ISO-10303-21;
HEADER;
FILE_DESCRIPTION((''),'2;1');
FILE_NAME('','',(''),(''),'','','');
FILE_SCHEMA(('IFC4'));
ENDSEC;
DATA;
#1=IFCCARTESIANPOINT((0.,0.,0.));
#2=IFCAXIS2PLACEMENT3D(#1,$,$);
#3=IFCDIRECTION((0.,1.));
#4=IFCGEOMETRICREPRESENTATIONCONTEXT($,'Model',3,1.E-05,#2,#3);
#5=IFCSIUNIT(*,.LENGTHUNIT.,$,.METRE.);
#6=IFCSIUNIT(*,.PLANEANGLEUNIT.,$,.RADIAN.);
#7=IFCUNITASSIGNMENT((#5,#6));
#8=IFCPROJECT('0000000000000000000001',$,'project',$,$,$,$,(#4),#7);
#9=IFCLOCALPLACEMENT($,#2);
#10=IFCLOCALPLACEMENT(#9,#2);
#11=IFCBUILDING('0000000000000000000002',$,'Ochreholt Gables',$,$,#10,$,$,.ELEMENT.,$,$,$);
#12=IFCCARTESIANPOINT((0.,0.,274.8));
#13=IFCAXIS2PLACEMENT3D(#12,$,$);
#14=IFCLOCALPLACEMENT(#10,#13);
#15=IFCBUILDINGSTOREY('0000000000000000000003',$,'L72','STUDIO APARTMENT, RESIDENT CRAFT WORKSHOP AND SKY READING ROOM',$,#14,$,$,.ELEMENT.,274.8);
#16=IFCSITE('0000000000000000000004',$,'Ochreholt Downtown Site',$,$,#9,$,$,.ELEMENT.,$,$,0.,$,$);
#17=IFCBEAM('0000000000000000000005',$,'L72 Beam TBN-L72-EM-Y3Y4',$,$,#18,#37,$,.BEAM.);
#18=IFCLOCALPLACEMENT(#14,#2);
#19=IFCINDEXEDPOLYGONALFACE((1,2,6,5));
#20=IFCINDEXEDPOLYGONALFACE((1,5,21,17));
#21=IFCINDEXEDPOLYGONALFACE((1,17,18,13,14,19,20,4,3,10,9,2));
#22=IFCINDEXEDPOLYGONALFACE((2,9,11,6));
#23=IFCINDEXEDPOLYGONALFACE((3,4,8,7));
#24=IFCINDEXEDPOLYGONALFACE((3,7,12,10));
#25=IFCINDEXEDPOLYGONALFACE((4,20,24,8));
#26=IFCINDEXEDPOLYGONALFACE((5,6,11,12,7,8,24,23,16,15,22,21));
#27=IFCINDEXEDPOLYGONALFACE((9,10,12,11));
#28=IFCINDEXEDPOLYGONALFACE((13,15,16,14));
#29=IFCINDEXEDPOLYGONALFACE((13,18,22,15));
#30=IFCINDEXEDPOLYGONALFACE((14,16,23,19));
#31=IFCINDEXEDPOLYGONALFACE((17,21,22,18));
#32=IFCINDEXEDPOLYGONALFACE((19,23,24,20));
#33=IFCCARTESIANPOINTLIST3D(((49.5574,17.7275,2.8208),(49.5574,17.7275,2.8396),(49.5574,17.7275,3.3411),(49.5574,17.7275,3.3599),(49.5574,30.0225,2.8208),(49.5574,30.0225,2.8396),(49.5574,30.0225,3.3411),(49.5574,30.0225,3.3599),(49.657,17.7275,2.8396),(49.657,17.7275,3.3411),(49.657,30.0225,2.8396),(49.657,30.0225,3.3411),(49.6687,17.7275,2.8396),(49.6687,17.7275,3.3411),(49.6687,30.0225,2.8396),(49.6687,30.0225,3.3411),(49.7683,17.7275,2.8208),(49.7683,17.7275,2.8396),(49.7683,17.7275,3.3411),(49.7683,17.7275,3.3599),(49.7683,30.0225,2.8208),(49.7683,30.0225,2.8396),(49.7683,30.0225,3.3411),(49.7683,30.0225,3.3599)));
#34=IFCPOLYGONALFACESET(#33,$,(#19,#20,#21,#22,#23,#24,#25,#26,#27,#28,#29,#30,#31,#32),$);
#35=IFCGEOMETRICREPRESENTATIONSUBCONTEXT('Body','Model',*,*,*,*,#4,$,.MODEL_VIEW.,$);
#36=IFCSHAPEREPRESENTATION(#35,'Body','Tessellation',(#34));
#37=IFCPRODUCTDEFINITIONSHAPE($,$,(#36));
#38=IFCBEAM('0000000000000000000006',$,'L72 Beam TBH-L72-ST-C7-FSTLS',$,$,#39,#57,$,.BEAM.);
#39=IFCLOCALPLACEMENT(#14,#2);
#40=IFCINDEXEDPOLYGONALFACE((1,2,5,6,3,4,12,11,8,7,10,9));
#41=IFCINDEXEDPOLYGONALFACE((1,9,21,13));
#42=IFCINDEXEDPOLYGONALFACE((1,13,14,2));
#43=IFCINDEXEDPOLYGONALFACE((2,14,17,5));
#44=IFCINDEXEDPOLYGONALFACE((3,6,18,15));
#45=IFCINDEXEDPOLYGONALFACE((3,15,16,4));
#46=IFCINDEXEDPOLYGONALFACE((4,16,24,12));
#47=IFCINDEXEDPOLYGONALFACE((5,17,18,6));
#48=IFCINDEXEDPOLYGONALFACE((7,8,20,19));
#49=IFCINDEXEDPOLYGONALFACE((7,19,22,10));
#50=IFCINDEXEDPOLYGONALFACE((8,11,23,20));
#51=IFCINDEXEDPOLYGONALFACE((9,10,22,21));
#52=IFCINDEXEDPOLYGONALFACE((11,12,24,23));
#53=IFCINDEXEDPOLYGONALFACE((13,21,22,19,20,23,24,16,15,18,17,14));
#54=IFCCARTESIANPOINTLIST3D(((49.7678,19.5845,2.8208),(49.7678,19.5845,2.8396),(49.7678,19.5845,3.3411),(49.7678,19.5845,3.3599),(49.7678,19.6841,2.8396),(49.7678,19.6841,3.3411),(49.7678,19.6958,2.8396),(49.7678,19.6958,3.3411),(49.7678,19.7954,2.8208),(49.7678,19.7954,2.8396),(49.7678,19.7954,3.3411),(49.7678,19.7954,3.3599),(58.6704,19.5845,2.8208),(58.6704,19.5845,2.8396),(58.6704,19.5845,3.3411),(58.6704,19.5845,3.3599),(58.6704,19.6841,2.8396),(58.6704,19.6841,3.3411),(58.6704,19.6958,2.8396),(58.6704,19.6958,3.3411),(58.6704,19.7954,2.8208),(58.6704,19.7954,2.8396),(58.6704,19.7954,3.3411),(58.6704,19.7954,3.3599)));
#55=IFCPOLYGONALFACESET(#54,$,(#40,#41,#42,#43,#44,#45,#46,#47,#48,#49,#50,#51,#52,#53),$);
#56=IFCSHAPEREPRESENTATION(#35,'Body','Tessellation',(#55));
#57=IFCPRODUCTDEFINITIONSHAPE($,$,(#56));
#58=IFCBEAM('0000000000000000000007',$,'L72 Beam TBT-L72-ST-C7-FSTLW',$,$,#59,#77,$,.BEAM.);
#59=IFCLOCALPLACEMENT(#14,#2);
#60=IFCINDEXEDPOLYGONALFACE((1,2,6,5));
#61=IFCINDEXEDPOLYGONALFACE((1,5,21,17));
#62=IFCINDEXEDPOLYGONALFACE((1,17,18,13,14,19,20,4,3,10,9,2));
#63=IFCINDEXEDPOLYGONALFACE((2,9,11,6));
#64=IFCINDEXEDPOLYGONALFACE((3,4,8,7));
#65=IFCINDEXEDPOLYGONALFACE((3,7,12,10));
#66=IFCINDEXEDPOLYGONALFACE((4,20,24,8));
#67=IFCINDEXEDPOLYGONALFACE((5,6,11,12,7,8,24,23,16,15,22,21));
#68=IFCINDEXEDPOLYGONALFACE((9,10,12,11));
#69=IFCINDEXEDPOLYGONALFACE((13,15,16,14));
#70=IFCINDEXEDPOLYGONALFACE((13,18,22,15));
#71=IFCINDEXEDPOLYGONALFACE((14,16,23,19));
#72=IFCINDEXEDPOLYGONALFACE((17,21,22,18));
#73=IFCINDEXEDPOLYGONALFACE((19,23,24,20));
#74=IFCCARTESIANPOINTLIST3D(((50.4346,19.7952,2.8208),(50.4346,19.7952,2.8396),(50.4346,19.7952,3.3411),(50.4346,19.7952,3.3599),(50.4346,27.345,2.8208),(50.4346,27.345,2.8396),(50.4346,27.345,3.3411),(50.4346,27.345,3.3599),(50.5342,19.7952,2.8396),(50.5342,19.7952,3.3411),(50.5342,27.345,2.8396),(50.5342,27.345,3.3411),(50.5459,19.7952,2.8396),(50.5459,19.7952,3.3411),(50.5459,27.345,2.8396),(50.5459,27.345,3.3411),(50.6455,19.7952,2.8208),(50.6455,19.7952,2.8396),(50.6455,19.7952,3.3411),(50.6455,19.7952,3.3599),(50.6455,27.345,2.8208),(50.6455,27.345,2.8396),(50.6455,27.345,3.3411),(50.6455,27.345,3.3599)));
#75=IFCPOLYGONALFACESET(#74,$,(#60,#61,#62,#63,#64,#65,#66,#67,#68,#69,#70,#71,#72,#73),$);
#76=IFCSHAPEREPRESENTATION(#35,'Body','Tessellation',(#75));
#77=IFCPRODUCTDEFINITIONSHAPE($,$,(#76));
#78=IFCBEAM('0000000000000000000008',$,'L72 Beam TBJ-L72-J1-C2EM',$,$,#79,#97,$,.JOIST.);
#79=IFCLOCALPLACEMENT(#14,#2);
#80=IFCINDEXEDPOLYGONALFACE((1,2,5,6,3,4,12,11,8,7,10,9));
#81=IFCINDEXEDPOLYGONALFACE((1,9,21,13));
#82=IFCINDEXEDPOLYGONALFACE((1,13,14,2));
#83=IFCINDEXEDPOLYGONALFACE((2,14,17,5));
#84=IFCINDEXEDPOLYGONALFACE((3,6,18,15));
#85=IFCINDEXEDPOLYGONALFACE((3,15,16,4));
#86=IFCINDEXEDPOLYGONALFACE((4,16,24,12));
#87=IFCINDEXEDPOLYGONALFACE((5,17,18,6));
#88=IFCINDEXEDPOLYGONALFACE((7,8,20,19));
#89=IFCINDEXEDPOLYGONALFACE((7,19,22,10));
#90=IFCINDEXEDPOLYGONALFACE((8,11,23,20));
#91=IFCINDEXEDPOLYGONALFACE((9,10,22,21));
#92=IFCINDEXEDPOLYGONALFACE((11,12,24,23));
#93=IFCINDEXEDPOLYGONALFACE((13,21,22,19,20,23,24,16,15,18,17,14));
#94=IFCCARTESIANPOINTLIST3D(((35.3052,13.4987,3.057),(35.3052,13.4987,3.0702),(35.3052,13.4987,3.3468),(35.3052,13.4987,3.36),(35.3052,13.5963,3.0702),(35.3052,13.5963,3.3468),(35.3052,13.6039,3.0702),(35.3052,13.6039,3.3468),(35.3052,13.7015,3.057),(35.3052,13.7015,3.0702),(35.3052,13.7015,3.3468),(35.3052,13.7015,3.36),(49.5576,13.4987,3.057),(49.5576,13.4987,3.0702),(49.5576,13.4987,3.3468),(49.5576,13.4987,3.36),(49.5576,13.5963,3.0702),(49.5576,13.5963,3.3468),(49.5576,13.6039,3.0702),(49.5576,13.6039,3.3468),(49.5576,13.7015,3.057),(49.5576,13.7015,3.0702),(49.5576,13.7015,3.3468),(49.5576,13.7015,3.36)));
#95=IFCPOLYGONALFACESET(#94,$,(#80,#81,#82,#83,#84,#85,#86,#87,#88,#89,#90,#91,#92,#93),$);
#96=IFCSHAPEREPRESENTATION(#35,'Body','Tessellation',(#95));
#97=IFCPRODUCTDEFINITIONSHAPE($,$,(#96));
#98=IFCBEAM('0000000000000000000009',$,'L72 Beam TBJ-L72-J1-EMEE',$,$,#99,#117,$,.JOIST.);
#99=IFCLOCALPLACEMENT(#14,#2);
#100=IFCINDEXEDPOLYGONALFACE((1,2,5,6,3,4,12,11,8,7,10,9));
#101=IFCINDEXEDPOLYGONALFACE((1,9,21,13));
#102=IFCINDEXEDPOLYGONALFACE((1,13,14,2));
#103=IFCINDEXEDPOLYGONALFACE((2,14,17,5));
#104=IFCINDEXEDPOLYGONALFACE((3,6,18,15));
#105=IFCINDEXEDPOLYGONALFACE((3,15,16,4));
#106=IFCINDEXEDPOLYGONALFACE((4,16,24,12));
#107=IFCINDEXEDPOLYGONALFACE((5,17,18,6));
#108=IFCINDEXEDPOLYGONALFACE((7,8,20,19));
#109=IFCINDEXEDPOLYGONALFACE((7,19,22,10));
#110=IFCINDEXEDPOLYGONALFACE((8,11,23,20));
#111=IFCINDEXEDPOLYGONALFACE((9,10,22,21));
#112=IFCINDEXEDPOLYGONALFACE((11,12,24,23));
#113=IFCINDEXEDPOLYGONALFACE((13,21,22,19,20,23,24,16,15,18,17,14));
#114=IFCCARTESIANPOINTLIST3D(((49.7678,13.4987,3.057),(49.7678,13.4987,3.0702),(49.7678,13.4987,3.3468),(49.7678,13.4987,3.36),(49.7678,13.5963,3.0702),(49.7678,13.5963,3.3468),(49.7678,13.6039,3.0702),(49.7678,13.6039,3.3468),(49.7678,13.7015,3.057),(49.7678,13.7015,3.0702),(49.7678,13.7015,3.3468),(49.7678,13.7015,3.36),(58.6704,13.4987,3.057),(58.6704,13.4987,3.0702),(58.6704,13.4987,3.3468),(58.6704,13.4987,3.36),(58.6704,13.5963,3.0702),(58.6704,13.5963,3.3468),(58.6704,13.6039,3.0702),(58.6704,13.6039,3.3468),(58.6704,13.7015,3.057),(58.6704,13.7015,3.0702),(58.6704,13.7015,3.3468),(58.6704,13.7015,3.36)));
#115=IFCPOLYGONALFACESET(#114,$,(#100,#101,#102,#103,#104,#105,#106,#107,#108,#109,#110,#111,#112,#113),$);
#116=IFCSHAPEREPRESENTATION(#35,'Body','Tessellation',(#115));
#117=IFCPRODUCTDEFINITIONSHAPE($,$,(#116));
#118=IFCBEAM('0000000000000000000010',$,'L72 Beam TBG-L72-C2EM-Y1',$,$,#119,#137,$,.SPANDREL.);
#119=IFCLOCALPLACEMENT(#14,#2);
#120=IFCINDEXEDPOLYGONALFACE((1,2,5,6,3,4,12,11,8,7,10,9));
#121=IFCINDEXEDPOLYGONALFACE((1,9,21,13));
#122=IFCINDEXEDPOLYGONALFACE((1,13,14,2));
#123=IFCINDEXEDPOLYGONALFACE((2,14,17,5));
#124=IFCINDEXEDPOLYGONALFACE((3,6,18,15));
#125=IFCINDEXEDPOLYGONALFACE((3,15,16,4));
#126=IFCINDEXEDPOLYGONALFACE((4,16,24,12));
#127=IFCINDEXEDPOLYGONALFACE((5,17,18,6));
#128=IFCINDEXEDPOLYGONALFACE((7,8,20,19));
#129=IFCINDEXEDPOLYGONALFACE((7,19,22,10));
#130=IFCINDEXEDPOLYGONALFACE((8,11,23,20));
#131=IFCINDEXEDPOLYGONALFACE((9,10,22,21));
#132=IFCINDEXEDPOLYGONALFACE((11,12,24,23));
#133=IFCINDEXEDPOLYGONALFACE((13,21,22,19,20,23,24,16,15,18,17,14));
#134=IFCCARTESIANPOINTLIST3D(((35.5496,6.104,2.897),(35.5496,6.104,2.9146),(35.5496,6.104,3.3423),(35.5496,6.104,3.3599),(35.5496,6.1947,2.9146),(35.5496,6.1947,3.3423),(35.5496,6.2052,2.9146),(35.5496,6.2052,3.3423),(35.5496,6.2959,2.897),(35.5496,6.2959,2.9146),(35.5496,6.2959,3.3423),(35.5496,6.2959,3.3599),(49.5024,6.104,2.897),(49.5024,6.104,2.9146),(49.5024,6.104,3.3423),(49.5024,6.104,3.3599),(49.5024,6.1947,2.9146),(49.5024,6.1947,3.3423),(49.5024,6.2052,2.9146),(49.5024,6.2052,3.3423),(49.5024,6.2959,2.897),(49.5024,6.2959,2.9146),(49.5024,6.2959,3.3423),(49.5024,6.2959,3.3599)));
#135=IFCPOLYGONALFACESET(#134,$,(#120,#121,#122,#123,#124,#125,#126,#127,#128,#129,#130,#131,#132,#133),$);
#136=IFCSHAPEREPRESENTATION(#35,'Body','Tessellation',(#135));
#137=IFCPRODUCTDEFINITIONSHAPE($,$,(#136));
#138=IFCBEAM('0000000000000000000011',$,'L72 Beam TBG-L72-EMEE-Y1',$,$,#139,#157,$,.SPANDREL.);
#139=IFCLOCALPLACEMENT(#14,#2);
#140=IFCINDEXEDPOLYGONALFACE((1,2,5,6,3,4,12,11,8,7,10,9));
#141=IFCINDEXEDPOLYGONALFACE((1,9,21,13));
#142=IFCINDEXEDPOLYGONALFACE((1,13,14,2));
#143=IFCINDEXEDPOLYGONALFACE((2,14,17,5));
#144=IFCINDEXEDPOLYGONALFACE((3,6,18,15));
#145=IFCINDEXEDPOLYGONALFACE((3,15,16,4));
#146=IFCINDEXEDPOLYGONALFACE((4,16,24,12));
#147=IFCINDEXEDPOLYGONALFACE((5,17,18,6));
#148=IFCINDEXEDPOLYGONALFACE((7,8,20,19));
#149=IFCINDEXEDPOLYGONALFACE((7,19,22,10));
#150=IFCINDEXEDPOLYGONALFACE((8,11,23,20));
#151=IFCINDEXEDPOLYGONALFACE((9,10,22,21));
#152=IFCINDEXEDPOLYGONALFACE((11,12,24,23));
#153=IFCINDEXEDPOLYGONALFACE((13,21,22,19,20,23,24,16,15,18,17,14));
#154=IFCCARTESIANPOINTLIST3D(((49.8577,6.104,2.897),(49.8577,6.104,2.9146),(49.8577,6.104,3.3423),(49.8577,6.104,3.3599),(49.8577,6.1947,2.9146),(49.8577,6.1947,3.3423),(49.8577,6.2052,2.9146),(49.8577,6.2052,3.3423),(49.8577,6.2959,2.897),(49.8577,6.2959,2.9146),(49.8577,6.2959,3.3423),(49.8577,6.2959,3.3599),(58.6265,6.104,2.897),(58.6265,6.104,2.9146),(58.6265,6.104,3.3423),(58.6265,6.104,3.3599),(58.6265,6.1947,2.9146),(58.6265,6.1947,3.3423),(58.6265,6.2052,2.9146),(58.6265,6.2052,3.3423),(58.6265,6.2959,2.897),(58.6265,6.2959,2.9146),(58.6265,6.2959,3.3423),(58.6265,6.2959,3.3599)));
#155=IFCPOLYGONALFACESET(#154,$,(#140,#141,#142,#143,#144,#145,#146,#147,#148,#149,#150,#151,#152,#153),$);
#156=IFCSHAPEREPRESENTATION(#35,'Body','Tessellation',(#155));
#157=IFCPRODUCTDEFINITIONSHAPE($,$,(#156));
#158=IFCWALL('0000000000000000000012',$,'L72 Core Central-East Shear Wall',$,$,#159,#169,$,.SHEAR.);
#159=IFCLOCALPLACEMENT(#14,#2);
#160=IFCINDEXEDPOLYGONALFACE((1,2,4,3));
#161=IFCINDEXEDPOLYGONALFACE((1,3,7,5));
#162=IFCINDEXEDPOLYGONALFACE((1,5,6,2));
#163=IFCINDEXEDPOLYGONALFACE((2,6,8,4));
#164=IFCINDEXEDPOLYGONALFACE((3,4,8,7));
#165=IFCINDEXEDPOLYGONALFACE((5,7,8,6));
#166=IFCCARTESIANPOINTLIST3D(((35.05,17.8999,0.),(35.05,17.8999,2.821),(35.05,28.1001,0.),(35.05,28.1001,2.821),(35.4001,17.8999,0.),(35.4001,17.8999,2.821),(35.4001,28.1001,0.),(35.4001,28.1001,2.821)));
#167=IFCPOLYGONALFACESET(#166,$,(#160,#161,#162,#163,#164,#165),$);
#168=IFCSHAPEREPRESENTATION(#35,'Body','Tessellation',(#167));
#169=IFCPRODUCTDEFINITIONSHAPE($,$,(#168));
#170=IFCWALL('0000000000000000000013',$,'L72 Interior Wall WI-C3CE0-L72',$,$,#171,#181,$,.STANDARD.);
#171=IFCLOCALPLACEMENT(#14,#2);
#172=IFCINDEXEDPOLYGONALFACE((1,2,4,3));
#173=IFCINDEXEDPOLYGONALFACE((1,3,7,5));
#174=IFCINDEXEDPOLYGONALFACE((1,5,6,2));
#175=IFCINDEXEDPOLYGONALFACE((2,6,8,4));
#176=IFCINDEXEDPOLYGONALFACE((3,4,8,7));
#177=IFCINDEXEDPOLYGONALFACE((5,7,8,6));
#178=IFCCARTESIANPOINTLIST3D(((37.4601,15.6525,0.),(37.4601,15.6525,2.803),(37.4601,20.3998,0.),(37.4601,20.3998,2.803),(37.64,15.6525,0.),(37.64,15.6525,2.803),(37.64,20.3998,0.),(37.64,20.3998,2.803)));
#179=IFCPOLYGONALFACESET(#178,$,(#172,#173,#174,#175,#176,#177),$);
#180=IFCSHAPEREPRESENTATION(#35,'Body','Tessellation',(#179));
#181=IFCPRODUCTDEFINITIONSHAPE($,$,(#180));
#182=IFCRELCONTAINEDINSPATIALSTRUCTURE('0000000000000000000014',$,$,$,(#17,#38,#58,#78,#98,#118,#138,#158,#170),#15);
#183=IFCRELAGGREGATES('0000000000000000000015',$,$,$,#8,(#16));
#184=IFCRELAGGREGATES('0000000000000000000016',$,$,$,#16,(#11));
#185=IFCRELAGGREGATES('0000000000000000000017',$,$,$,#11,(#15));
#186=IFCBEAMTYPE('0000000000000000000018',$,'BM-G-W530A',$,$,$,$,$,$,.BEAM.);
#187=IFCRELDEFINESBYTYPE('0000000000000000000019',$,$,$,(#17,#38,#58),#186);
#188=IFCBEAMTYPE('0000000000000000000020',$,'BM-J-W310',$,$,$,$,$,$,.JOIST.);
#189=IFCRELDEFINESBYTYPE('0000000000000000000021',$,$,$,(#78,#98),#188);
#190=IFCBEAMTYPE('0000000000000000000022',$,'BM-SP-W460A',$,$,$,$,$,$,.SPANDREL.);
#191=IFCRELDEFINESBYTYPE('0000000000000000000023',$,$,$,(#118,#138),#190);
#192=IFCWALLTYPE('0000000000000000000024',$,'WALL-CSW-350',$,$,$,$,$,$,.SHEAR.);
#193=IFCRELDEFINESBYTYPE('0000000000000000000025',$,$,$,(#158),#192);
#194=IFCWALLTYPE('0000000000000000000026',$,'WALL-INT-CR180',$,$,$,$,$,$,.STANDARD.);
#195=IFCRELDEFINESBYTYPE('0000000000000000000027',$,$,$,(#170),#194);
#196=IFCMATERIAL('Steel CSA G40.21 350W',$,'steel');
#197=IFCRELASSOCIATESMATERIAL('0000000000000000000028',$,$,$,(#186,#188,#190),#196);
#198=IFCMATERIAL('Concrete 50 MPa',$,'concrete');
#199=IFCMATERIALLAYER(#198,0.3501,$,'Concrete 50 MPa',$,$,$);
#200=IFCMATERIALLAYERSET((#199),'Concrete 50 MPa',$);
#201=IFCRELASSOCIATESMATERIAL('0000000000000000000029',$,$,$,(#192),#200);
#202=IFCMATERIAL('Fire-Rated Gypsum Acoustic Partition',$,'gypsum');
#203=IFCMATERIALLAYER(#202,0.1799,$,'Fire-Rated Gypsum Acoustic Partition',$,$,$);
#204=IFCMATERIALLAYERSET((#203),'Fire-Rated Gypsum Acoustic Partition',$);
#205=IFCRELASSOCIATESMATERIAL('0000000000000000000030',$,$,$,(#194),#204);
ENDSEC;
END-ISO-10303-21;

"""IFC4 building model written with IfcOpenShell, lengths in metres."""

from ifc_helpers import new_model, si_unit, direction, frame, frame_2d, origin, origin_2d, place, context, subcontext, project, spatial, rectangle, i_section, extrude, material, layer, layer_set, material_profile, profile_set, type_object, element, save


model = new_model("IFC4")

# Units and contexts
model_context = context("Model", 3, precision=1e-05, world=origin(), true_north=direction((0.0, 1.0)))
body_context = subcontext(model_context, "Body", "Model", "MODEL_VIEW")
ifc_project = project(units=[si_unit("LENGTHUNIT", "METRE"), si_unit("PLANEANGLEUNIT", "RADIAN")], contexts=[model_context])

# Site, building, storey
site_placement = place(None, origin())
site = spatial("IfcSite", under=ifc_project, at=site_placement, Name="Ochreholt Downtown Site", CompositionType="ELEMENT", RefElevation=0.0)
building_placement = place(site_placement, origin())
building = spatial("IfcBuilding", under=site, at=building_placement, Name="Ochreholt Gables", CompositionType="ELEMENT")
storey_placement = place(building_placement, frame((0.0, 0.0, 274.8)))
storey = spatial("IfcBuildingStorey", under=building, at=storey_placement, Name="L72", Description="STUDIO APARTMENT, RESIDENT CRAFT WORKSHOP AND SKY READING ROOM", CompositionType="ELEMENT", Elevation=274.8)

# Shared definitions
ifc_material_1 = material(Name="Steel CSA G40.21 350W", Category="steel")

# Beams
ifc_material_profile_1 = material_profile(ifc_material_1, i_section(OverallWidth=0.2109, OverallDepth=0.5391, WebThickness=0.0117, FlangeThickness=0.0188, at=origin_2d()), Name="W530X109")
ifc_profile_set_1 = profile_set([ifc_material_profile_1], Name="Steel CSA G40.21 350W")
beam_type_1 = type_object("IfcBeamType", Name="BM-G-W530A", PredefinedType="BEAM", material=ifc_profile_set_1)
beam_1_placement = place(storey_placement, frame((49.6628, 17.7275, 3.0903), z_axis=(0.0, 1.0, 0.0), x_axis=(-1.0, 0.0, 0.0)))
element("IfcBeam", 1, at=beam_1_placement, inside=storey, type_object=beam_type_1, Name="L72 Beam TBN-L72-EM-Y3Y4", PredefinedType="BEAM", context=body_context, shape_type="SweptSolid", body=[
    extrude(i_section(OverallWidth=0.2109, OverallDepth=0.5391, WebThickness=0.0117, FlangeThickness=0.0188, at=origin_2d()), origin(), (0.0, 0.0, 1.0), 12.2949),
])
beam_2_placement = place(storey_placement, frame((49.7678, 19.6899, 3.0903), z_axis=(1.0, 0.0, 0.0), x_axis=(0.0, 1.0, 0.0)))
element("IfcBeam", 2, at=beam_2_placement, inside=storey, type_object=beam_type_1, Name="L72 Beam TBH-L72-ST-C7-FSTLS", PredefinedType="BEAM", context=body_context, shape_type="SweptSolid", body=[
    extrude(i_section(OverallWidth=0.2109, OverallDepth=0.5391, WebThickness=0.0117, FlangeThickness=0.0188, at=origin_2d()), origin(), (0.0, 0.0, 1.0), 8.9026),
])
beam_3_placement = place(storey_placement, frame((50.54, 19.7952, 3.0903), z_axis=(0.0, 1.0, 0.0), x_axis=(-1.0, 0.0, 0.0)))
element("IfcBeam", 3, at=beam_3_placement, inside=storey, type_object=beam_type_1, Name="L72 Beam TBT-L72-ST-C7-FSTLW", PredefinedType="BEAM", context=body_context, shape_type="SweptSolid", body=[
    extrude(i_section(OverallWidth=0.2109, OverallDepth=0.5391, WebThickness=0.0117, FlangeThickness=0.0188, at=origin_2d()), origin(), (0.0, 0.0, 1.0), 7.5498),
])
ifc_material_profile_2 = material_profile(ifc_material_1, i_section(OverallWidth=0.2029, OverallDepth=0.303, WebThickness=0.0076, FlangeThickness=0.0132, at=origin_2d()), Name="W310X60")
ifc_profile_set_2 = profile_set([ifc_material_profile_2], Name="Steel CSA G40.21 350W")
beam_type_2 = type_object("IfcBeamType", Name="BM-J-W310", PredefinedType="JOIST", material=ifc_profile_set_2)
beam_4_placement = place(storey_placement, frame((35.3052, 13.6001, 3.2085), z_axis=(1.0, 0.0, 0.0), x_axis=(0.0, 1.0, 0.0)))
element("IfcBeam", 4, at=beam_4_placement, inside=storey, type_object=beam_type_2, Name="L72 Beam TBJ-L72-J1-C2EM", PredefinedType="JOIST", context=body_context, shape_type="SweptSolid", body=[
    extrude(i_section(OverallWidth=0.2029, OverallDepth=0.303, WebThickness=0.0076, FlangeThickness=0.0132, at=origin_2d()), origin(), (0.0, 0.0, 1.0), 14.2524),
])
beam_5_placement = place(storey_placement, frame((49.7678, 13.6001, 3.2085), z_axis=(1.0, 0.0, 0.0), x_axis=(0.0, 1.0, 0.0)))
element("IfcBeam", 5, at=beam_5_placement, inside=storey, type_object=beam_type_2, Name="L72 Beam TBJ-L72-J1-EMEE", PredefinedType="JOIST", context=body_context, shape_type="SweptSolid", body=[
    extrude(i_section(OverallWidth=0.2029, OverallDepth=0.303, WebThickness=0.0076, FlangeThickness=0.0132, at=origin_2d()), origin(), (0.0, 0.0, 1.0), 8.9026),
])
ifc_material_profile_3 = material_profile(ifc_material_1, i_section(OverallWidth=0.1919, OverallDepth=0.4629, WebThickness=0.0105, FlangeThickness=0.0176, at=origin_2d()), Name="W460X89")
ifc_profile_set_3 = profile_set([ifc_material_profile_3], Name="Steel CSA G40.21 350W")
beam_type_3 = type_object("IfcBeamType", Name="BM-SP-W460A", PredefinedType="SPANDREL", material=ifc_profile_set_3)
beam_6_placement = place(storey_placement, frame((35.5496, 6.2, 3.1284), z_axis=(1.0, 0.0, 0.0), x_axis=(0.0, 1.0, 0.0)))
element("IfcBeam", 6, at=beam_6_placement, inside=storey, type_object=beam_type_3, Name="L72 Beam TBG-L72-C2EM-Y1", PredefinedType="SPANDREL", context=body_context, shape_type="SweptSolid", body=[
    extrude(i_section(OverallWidth=0.1919, OverallDepth=0.4629, WebThickness=0.0105, FlangeThickness=0.0176, at=origin_2d()), origin(), (0.0, 0.0, 1.0), 13.9529),
])
beam_7_placement = place(storey_placement, frame((49.8577, 6.2, 3.1284), z_axis=(1.0, 0.0, 0.0), x_axis=(0.0, 1.0, 0.0)))
element("IfcBeam", 7, at=beam_7_placement, inside=storey, type_object=beam_type_3, Name="L72 Beam TBG-L72-EMEE-Y1", PredefinedType="SPANDREL", context=body_context, shape_type="SweptSolid", body=[
    extrude(i_section(OverallWidth=0.1919, OverallDepth=0.4629, WebThickness=0.0105, FlangeThickness=0.0176, at=origin_2d()), origin(), (0.0, 0.0, 1.0), 8.7688),
])

# Walls
ifc_material_2 = material(Name="Concrete 50 MPa", Category="concrete")
ifc_layer_1 = layer(ifc_material_2, 0.3501, Name="Concrete 50 MPa")
ifc_layer_set_1 = layer_set([ifc_layer_1], Name="Concrete 50 MPa")
wall_type_1 = type_object("IfcWallType", Name="WALL-CSW-350", PredefinedType="SHEAR", material=ifc_layer_set_1)
wall_1_placement = place(storey_placement, frame((35.2251, 17.8999, 0.0), z_axis=(0.0, 0.0, 1.0), x_axis=(0.0, 1.0, 0.0)))
element("IfcWall", 8, at=wall_1_placement, inside=storey, type_object=wall_type_1, Name="L72 Core Central-East Shear Wall", PredefinedType="SHEAR", context=body_context, shape_type="SweptSolid", body=[
    extrude(rectangle(XDim=10.2002, YDim=0.3501, at=frame_2d((5.1001, 0.0))), origin(), (0.0, 0.0, 1.0), 2.821),
])
ifc_material_3 = material(Name="Fire-Rated Gypsum Acoustic Partition", Category="gypsum")
ifc_layer_2 = layer(ifc_material_3, 0.1799, Name="Fire-Rated Gypsum Acoustic Partition")
ifc_layer_set_2 = layer_set([ifc_layer_2], Name="Fire-Rated Gypsum Acoustic Partition")
wall_type_2 = type_object("IfcWallType", Name="WALL-INT-CR180", PredefinedType="STANDARD", material=ifc_layer_set_2)
wall_2_placement = place(storey_placement, frame((37.55, 15.6526, 0.0), z_axis=(0.0, 0.0, 1.0), x_axis=(0.0, 1.0, 0.0)))
element("IfcWall", 9, at=wall_2_placement, inside=storey, type_object=wall_type_2, Name="L72 Interior Wall WI-C3CE0-L72", PredefinedType="STANDARD", context=body_context, shape_type="SweptSolid", body=[
    extrude(rectangle(XDim=4.7473, YDim=0.1799, at=frame_2d((2.3735, 0.0))), origin(), (0.0, 0.0, 1.0), 2.803),
])

save(model, "model.ifc")
